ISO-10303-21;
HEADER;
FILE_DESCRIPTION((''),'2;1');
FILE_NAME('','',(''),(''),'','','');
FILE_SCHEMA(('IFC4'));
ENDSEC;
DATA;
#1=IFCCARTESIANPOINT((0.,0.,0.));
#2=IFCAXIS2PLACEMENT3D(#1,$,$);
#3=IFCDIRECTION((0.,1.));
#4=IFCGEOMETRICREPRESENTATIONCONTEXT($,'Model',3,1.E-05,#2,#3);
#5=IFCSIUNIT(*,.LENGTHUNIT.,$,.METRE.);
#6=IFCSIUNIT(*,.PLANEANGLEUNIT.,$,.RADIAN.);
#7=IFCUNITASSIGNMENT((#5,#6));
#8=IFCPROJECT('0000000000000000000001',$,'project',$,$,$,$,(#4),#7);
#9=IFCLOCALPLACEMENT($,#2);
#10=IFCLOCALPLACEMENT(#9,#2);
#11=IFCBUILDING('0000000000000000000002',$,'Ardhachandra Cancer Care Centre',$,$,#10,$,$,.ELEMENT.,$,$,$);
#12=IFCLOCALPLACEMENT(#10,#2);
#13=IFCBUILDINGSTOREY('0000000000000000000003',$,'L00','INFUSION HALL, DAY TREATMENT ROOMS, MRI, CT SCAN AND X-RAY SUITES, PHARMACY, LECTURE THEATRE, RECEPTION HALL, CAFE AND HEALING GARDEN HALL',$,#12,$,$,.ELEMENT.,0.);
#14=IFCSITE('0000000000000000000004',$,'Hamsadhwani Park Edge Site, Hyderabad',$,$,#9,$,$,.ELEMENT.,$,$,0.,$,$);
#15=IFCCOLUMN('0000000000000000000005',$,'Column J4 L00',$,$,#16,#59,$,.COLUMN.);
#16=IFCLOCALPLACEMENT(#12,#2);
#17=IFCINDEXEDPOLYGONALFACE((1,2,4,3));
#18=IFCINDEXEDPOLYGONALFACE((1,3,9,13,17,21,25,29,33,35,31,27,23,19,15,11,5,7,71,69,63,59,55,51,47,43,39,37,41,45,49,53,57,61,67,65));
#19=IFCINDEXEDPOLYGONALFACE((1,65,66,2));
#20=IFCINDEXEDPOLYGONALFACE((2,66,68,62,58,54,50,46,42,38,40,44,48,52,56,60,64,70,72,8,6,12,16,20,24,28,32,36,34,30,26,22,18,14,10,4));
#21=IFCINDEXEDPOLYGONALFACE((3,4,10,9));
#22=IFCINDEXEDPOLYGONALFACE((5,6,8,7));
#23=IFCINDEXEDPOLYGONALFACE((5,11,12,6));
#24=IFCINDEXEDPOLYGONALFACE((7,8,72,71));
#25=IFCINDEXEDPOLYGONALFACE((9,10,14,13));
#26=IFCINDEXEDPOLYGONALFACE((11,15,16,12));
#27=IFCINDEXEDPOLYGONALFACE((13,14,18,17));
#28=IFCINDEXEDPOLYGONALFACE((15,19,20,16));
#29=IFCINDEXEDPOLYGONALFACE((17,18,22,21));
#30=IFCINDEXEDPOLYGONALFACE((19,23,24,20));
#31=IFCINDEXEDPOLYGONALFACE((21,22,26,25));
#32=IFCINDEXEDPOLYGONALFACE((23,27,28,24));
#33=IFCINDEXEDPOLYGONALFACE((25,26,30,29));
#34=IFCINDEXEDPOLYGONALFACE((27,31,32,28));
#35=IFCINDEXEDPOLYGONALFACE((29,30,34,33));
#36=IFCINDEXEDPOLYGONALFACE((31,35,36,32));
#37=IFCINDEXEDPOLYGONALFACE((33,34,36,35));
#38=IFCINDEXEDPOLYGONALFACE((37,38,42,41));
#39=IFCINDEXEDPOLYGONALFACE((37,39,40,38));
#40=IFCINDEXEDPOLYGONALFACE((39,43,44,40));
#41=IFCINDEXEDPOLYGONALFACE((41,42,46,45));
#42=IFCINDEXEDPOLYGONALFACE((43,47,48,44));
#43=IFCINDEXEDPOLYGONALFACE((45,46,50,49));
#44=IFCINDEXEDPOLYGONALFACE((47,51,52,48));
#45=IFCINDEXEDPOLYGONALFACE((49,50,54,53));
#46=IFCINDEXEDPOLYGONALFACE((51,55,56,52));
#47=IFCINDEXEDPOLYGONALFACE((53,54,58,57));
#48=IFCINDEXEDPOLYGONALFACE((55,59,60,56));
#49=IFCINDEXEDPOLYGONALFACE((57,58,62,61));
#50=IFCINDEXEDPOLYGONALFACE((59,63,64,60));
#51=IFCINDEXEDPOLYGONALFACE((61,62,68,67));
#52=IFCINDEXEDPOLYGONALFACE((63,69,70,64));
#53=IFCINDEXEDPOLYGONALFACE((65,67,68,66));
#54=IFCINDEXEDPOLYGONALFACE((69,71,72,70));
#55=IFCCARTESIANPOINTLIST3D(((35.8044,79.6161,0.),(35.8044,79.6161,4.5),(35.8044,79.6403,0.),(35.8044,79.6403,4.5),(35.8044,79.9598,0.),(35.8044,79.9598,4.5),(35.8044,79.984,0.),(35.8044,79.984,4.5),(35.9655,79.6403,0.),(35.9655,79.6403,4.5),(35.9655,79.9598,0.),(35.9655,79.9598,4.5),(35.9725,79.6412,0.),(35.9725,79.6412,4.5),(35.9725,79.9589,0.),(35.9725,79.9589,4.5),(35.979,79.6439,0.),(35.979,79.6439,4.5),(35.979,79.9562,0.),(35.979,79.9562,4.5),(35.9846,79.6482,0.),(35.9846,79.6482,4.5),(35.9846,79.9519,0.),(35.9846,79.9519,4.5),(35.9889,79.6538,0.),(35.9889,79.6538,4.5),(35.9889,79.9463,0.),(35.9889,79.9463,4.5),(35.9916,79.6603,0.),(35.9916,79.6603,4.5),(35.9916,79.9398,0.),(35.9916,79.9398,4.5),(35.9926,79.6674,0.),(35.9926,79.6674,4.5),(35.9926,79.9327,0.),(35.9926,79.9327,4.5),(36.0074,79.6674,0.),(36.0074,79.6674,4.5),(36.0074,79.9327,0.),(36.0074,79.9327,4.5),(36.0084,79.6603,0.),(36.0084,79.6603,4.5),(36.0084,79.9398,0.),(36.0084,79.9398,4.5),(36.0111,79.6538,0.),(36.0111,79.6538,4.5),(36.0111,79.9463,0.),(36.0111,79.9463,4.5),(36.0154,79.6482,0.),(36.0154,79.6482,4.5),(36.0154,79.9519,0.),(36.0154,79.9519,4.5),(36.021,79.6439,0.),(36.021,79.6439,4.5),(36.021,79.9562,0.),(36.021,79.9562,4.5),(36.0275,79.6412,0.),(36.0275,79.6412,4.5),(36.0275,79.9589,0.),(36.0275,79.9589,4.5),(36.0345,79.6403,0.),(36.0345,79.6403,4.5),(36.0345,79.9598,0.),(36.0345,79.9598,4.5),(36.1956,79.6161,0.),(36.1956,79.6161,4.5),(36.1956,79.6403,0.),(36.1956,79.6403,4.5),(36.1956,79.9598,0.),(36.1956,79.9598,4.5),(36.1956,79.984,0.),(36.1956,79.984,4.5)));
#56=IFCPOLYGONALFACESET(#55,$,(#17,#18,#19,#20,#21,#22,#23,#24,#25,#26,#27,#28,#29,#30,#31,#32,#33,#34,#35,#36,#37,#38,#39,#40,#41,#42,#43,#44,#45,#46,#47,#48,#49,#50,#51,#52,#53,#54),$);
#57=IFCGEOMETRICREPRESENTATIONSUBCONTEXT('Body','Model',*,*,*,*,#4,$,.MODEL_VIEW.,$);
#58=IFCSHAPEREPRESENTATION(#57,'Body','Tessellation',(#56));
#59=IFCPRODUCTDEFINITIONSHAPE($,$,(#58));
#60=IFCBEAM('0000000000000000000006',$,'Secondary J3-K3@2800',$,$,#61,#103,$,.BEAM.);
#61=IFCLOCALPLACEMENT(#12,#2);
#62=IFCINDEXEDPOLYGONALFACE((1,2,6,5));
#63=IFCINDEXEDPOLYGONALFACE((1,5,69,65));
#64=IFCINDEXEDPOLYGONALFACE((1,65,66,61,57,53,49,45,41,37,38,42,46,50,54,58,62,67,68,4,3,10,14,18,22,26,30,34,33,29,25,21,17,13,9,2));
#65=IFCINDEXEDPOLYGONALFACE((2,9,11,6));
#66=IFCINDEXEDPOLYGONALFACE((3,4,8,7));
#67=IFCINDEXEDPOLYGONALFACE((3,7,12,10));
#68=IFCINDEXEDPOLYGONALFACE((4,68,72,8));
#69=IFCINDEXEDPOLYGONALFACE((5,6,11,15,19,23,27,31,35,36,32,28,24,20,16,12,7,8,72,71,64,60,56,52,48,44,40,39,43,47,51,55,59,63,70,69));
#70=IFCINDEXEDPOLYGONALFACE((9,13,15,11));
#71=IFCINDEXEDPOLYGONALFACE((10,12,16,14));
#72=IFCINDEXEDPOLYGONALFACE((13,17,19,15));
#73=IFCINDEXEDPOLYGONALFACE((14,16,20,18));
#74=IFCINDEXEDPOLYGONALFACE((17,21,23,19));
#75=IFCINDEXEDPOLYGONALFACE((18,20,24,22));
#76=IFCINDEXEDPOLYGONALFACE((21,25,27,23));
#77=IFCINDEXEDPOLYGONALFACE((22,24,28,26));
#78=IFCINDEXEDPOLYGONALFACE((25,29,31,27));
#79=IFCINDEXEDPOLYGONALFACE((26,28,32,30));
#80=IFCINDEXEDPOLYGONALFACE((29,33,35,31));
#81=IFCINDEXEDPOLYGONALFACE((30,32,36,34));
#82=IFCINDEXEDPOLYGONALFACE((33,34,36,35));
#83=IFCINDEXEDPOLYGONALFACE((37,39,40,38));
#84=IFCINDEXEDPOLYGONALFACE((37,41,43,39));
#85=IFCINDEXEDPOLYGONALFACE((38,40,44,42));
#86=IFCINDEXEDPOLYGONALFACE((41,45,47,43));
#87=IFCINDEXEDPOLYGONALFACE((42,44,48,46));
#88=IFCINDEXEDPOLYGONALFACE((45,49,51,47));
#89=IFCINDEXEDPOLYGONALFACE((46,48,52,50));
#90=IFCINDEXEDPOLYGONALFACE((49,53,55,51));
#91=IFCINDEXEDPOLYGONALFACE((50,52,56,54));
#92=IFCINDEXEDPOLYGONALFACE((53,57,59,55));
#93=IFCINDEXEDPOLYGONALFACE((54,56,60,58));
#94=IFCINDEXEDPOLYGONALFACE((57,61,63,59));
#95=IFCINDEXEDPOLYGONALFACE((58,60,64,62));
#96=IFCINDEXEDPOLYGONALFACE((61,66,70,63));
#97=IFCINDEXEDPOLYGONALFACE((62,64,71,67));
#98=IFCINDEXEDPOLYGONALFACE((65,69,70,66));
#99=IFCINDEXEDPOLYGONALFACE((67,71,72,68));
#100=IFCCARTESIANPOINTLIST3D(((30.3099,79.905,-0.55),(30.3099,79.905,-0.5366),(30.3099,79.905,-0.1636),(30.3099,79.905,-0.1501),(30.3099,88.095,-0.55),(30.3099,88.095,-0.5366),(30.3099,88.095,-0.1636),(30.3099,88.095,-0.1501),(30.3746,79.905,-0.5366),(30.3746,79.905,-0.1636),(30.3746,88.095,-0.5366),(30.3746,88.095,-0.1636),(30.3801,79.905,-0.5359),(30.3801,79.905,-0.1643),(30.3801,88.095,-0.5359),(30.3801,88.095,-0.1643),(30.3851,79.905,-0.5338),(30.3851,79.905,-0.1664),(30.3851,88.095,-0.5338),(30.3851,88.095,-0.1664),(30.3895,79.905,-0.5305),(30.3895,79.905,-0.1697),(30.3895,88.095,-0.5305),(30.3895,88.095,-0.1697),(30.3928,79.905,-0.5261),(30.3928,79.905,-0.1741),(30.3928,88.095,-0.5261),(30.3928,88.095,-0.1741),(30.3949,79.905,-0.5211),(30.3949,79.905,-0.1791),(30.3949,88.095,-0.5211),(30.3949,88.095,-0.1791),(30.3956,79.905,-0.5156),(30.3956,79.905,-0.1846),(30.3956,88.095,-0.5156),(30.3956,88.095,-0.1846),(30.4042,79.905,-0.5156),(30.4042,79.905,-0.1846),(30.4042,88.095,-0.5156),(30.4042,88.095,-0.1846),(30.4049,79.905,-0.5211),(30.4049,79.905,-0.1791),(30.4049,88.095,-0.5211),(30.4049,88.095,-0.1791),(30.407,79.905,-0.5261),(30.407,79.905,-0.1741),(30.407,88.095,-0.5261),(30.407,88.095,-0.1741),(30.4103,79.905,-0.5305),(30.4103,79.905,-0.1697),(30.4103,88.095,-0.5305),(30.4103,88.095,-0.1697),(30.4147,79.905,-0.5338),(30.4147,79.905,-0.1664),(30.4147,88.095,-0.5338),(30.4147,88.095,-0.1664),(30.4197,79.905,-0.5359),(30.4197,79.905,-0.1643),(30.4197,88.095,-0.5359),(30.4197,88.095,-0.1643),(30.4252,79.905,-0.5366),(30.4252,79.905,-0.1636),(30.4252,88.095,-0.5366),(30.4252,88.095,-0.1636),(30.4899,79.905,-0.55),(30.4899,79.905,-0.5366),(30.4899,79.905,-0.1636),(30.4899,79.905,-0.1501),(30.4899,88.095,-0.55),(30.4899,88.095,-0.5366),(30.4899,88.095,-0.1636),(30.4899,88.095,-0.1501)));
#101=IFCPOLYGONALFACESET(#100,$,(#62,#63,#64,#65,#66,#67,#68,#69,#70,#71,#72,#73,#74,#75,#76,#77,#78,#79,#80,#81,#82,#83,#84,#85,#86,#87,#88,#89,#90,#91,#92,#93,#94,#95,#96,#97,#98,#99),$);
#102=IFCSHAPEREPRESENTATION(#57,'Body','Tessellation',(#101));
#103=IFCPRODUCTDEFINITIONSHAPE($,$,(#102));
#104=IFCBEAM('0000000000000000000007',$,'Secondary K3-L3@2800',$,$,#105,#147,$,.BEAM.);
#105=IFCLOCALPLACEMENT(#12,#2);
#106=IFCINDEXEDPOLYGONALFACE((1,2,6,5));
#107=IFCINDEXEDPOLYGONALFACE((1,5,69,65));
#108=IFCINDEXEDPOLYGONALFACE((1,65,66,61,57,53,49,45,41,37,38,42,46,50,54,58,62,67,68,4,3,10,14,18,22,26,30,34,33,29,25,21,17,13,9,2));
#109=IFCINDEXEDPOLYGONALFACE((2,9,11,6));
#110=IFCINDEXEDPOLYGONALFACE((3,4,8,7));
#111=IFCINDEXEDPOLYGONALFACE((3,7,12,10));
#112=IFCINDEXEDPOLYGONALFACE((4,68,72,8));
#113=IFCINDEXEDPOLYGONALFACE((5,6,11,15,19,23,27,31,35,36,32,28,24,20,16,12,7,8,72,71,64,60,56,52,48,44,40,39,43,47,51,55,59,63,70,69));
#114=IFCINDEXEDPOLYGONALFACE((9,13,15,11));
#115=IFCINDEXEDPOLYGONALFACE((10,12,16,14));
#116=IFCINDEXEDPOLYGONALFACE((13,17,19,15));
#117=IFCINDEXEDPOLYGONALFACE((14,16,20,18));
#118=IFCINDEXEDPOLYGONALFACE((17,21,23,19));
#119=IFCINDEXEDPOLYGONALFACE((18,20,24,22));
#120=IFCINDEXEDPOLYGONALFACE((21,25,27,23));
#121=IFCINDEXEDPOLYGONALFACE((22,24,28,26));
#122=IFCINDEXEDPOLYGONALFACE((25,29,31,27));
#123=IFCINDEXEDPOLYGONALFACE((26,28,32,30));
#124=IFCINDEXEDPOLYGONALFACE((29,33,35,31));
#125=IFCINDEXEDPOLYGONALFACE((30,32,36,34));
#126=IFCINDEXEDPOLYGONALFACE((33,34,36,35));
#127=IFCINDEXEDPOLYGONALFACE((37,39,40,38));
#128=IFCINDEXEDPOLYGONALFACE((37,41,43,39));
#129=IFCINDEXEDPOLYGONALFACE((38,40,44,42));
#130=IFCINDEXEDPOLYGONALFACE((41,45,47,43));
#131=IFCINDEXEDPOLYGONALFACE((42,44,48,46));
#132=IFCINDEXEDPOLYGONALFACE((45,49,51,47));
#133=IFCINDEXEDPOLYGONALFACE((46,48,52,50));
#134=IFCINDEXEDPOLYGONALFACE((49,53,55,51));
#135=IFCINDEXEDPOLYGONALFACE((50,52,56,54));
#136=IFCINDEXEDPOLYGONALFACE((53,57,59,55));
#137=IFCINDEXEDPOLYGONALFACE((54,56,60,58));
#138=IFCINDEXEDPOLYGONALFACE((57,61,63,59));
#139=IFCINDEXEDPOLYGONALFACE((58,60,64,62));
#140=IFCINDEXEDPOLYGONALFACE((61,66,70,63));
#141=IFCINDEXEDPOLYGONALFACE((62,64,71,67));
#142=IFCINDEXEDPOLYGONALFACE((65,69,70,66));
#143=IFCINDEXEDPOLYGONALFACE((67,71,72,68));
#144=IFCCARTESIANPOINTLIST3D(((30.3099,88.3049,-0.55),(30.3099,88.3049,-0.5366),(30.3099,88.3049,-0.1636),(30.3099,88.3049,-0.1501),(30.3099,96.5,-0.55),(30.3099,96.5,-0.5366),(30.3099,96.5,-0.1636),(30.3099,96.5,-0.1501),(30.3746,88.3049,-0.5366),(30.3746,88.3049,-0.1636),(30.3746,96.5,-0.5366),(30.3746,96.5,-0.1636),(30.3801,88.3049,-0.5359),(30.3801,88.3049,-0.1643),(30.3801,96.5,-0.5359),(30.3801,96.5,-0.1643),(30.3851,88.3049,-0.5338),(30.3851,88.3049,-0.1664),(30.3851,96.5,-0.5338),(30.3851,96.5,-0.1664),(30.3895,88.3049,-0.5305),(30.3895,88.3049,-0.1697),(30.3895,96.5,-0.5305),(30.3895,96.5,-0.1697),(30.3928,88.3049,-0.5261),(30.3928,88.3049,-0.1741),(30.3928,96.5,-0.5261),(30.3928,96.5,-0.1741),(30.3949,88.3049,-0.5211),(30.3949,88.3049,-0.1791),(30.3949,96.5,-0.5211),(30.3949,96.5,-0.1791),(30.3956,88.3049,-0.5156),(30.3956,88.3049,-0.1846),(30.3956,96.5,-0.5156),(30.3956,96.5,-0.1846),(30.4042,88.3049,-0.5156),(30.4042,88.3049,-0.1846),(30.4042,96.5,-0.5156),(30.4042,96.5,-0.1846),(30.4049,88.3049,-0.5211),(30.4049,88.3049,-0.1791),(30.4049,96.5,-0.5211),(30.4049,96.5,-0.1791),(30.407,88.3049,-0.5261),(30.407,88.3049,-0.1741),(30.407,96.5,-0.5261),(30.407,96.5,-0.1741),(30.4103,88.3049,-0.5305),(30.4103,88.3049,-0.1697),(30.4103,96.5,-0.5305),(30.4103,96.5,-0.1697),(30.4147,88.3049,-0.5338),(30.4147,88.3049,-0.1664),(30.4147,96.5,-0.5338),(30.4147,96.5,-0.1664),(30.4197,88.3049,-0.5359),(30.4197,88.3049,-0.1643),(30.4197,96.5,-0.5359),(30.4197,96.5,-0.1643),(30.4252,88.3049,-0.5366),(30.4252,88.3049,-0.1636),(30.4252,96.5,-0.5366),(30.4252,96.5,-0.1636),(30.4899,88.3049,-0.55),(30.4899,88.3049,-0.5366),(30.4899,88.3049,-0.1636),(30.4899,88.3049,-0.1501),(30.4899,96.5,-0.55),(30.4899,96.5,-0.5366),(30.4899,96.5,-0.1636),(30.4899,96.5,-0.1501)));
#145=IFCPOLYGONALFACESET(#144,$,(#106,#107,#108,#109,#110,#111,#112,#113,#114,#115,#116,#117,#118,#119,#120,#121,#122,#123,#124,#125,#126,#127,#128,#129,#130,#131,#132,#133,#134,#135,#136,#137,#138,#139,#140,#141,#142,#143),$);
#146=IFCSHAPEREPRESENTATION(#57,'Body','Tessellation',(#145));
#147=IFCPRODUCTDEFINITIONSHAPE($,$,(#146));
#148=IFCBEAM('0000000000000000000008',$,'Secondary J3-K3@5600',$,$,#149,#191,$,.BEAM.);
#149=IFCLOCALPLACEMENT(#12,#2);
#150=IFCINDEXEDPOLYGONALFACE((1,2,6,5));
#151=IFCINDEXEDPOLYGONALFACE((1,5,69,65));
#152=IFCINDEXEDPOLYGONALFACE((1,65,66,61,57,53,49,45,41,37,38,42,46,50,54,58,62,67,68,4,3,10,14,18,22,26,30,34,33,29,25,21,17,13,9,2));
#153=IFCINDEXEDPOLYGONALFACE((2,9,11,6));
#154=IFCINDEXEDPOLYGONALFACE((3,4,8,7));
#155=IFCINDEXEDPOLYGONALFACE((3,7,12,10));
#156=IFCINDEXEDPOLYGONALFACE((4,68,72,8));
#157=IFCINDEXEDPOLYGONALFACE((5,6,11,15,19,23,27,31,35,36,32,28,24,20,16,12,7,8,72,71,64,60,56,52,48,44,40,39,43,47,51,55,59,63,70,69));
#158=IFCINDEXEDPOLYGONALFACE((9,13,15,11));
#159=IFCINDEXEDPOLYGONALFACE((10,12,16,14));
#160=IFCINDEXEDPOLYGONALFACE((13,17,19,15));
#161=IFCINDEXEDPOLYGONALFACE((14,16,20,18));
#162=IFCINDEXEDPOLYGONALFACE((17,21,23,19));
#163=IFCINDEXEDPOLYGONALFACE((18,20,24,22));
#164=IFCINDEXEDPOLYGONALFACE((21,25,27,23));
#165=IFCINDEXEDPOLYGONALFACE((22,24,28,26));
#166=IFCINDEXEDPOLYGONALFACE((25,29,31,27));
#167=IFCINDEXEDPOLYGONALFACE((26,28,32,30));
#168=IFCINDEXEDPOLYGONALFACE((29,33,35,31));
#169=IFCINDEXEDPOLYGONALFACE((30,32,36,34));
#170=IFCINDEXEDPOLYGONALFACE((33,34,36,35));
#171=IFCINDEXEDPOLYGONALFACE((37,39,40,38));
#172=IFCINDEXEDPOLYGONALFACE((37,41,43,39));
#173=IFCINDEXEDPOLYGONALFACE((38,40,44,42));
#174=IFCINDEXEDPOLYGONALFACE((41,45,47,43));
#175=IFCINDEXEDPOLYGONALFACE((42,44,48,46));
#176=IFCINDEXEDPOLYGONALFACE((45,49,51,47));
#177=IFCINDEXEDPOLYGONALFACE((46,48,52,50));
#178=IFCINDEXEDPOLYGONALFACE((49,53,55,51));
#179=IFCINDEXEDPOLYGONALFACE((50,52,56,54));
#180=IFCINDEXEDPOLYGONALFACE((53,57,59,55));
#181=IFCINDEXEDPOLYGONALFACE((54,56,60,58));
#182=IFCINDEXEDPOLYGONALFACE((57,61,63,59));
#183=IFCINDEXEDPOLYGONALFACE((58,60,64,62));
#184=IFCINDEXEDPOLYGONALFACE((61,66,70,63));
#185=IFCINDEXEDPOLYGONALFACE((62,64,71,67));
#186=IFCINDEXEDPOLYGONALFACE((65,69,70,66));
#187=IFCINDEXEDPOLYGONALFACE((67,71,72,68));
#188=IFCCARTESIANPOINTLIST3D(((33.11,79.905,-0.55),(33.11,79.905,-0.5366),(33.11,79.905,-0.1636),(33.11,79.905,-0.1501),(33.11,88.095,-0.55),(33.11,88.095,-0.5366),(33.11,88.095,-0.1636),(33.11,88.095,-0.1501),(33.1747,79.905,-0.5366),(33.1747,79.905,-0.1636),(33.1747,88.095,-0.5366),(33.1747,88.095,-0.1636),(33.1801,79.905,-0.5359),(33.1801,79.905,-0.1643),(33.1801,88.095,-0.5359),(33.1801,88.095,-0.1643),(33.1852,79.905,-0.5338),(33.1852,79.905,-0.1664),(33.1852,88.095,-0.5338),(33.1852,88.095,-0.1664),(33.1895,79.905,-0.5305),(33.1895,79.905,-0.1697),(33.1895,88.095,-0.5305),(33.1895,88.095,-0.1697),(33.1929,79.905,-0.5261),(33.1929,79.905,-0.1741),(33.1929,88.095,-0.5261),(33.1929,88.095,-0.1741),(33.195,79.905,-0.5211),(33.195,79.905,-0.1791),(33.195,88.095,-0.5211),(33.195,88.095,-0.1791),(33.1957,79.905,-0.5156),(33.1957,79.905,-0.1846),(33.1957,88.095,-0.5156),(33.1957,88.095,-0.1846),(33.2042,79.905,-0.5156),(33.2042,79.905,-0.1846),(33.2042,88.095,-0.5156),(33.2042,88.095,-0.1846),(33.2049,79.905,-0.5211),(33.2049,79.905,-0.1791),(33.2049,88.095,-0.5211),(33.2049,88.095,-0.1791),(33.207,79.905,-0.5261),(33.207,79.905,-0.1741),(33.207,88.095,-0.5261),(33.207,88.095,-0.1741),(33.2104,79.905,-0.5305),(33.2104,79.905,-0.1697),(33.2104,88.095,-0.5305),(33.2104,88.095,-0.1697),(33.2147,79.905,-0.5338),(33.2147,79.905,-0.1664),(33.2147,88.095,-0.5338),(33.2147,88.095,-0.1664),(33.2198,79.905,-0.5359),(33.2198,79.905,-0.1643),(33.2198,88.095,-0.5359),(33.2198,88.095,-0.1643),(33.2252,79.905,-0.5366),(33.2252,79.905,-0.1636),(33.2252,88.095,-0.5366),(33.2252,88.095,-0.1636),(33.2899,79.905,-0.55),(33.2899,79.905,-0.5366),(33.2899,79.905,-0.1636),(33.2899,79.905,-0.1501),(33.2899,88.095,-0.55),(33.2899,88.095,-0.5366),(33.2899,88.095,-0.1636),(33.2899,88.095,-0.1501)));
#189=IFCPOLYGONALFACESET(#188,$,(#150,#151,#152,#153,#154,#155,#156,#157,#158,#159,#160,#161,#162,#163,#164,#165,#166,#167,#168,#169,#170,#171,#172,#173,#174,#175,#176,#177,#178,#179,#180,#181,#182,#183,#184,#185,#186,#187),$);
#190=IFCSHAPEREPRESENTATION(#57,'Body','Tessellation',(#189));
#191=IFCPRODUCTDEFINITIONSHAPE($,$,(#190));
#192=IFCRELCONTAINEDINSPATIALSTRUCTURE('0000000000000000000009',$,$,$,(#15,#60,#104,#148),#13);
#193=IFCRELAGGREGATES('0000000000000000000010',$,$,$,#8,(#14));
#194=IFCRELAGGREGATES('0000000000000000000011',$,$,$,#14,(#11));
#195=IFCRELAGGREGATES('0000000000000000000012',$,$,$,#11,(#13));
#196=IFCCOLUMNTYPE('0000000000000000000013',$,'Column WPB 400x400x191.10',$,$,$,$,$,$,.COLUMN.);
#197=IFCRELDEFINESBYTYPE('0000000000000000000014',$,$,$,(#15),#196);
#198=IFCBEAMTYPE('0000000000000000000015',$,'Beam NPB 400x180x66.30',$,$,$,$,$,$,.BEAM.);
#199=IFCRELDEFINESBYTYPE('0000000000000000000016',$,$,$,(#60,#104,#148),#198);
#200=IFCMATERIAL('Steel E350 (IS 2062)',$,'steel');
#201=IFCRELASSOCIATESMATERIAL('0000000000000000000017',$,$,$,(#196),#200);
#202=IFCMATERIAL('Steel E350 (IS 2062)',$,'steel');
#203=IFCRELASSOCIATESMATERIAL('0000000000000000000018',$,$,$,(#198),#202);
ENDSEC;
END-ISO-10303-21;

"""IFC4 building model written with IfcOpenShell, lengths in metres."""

from ifc_helpers import new_model, si_unit, direction, frame, origin, origin_2d, place, context, subcontext, project, spatial, i_section, extrude, material, material_profile, profile_set, type_object, element, save


model = new_model("IFC4")

# Units and contexts
model_context = context("Model", 3, precision=1e-05, world=origin(), true_north=direction((0.0, 1.0)))
body_context = subcontext(model_context, "Body", "Model", "MODEL_VIEW")
ifc_project = project(units=[si_unit("LENGTHUNIT", "METRE"), si_unit("PLANEANGLEUNIT", "RADIAN")], contexts=[model_context])

# Site, building, storey
site_placement = place(None, origin())
site = spatial("IfcSite", under=ifc_project, at=site_placement, Name="Hamsadhwani Park Edge Site, Hyderabad", CompositionType="ELEMENT", RefElevation=0.0)
building_placement = place(site_placement, origin())
building = spatial("IfcBuilding", under=site, at=building_placement, Name="Ardhachandra Cancer Care Centre", CompositionType="ELEMENT")
storey_placement = place(building_placement, origin())
storey = spatial("IfcBuildingStorey", under=building, at=storey_placement, Name="L00", Description="INFUSION HALL, DAY TREATMENT ROOMS, MRI, CT SCAN AND X-RAY SUITES, PHARMACY, LECTURE THEATRE, RECEPTION HALL, CAFE AND HEALING GARDEN HALL", CompositionType="ELEMENT", Elevation=0.0)

# Column
ifc_material_1 = material(Name="Steel E350 (IS 2062)", Category="steel")
ifc_material_profile_1 = material_profile(ifc_material_1, i_section(OverallWidth=0.3911, OverallDepth=0.3679, WebThickness=0.0149, FlangeThickness=0.0242, FilletRadius=0.0271, at=origin_2d()), Name="WPB 400x400x191.10")
ifc_profile_set_1 = profile_set([ifc_material_profile_1], Name="Steel E350 (IS 2062)")
column_type = type_object("IfcColumnType", Name="Column WPB 400x400x191.10", PredefinedType="COLUMN", material=ifc_profile_set_1)
column_placement = place(storey_placement, frame((36.0, 79.8, 0.0), z_axis=(0.0, 0.0, 1.0), x_axis=(1.0, 0.0, 0.0)))
element("IfcColumn", 1, at=column_placement, inside=storey, type_object=column_type, Name="Column J4 L00", PredefinedType="COLUMN", context=body_context, shape_type="SweptSolid", body=[
    extrude(i_section(OverallWidth=0.3911, OverallDepth=0.3679, WebThickness=0.0149, FlangeThickness=0.0242, FilletRadius=0.0271, at=origin_2d()), origin(), (0.0, 0.0, 1.0), 4.5),
])

# Beams
ifc_material_2 = material(Name="Steel E350 (IS 2062)", Category="steel")
ifc_material_profile_2 = material_profile(ifc_material_2, i_section(OverallWidth=0.1799, OverallDepth=0.3999, WebThickness=0.0085, FlangeThickness=0.0134, FilletRadius=0.021, at=origin_2d()), Name="NPB 400x180x66.30")
ifc_profile_set_2 = profile_set([ifc_material_profile_2], Name="Steel E350 (IS 2062)")
beam_type_1 = type_object("IfcBeamType", Name="Beam NPB 400x180x66.30", PredefinedType="BEAM", material=ifc_profile_set_2)
beam_1_placement = place(storey_placement, frame((30.3999, 79.905, -0.3501), z_axis=(0.0, 1.0, 0.0), x_axis=(-1.0, 0.0, 0.0)))
element("IfcBeam", 2, at=beam_1_placement, inside=storey, type_object=beam_type_1, Name="Secondary J3-K3@2800", PredefinedType="BEAM", context=body_context, shape_type="SweptSolid", body=[
    extrude(i_section(OverallWidth=0.1799, OverallDepth=0.3999, WebThickness=0.0085, FlangeThickness=0.0134, FilletRadius=0.021, at=origin_2d()), origin(), (0.0, 0.0, 1.0), 8.1899),
])
beam_2_placement = place(storey_placement, frame((30.3999, 88.3049, -0.3501), z_axis=(0.0, 1.0, 0.0), x_axis=(-1.0, 0.0, 0.0)))
element("IfcBeam", 3, at=beam_2_placement, inside=storey, type_object=beam_type_1, Name="Secondary K3-L3@2800", PredefinedType="BEAM", context=body_context, shape_type="SweptSolid", body=[
    extrude(i_section(OverallWidth=0.1799, OverallDepth=0.3999, WebThickness=0.0085, FlangeThickness=0.0134, FilletRadius=0.021, at=origin_2d()), origin(), (0.0, 0.0, 1.0), 8.1951),
])
beam_3_placement = place(storey_placement, frame((33.2, 79.905, -0.3501), z_axis=(0.0, 1.0, 0.0), x_axis=(-1.0, 0.0, 0.0)))
element("IfcBeam", 4, at=beam_3_placement, inside=storey, type_object=beam_type_1, Name="Secondary J3-K3@5600", PredefinedType="BEAM", context=body_context, shape_type="SweptSolid", body=[
    extrude(i_section(OverallWidth=0.1799, OverallDepth=0.3999, WebThickness=0.0085, FlangeThickness=0.0134, FilletRadius=0.021, at=origin_2d()), origin(), (0.0, 0.0, 1.0), 8.1899),
])

save(model, "model.ifc")
